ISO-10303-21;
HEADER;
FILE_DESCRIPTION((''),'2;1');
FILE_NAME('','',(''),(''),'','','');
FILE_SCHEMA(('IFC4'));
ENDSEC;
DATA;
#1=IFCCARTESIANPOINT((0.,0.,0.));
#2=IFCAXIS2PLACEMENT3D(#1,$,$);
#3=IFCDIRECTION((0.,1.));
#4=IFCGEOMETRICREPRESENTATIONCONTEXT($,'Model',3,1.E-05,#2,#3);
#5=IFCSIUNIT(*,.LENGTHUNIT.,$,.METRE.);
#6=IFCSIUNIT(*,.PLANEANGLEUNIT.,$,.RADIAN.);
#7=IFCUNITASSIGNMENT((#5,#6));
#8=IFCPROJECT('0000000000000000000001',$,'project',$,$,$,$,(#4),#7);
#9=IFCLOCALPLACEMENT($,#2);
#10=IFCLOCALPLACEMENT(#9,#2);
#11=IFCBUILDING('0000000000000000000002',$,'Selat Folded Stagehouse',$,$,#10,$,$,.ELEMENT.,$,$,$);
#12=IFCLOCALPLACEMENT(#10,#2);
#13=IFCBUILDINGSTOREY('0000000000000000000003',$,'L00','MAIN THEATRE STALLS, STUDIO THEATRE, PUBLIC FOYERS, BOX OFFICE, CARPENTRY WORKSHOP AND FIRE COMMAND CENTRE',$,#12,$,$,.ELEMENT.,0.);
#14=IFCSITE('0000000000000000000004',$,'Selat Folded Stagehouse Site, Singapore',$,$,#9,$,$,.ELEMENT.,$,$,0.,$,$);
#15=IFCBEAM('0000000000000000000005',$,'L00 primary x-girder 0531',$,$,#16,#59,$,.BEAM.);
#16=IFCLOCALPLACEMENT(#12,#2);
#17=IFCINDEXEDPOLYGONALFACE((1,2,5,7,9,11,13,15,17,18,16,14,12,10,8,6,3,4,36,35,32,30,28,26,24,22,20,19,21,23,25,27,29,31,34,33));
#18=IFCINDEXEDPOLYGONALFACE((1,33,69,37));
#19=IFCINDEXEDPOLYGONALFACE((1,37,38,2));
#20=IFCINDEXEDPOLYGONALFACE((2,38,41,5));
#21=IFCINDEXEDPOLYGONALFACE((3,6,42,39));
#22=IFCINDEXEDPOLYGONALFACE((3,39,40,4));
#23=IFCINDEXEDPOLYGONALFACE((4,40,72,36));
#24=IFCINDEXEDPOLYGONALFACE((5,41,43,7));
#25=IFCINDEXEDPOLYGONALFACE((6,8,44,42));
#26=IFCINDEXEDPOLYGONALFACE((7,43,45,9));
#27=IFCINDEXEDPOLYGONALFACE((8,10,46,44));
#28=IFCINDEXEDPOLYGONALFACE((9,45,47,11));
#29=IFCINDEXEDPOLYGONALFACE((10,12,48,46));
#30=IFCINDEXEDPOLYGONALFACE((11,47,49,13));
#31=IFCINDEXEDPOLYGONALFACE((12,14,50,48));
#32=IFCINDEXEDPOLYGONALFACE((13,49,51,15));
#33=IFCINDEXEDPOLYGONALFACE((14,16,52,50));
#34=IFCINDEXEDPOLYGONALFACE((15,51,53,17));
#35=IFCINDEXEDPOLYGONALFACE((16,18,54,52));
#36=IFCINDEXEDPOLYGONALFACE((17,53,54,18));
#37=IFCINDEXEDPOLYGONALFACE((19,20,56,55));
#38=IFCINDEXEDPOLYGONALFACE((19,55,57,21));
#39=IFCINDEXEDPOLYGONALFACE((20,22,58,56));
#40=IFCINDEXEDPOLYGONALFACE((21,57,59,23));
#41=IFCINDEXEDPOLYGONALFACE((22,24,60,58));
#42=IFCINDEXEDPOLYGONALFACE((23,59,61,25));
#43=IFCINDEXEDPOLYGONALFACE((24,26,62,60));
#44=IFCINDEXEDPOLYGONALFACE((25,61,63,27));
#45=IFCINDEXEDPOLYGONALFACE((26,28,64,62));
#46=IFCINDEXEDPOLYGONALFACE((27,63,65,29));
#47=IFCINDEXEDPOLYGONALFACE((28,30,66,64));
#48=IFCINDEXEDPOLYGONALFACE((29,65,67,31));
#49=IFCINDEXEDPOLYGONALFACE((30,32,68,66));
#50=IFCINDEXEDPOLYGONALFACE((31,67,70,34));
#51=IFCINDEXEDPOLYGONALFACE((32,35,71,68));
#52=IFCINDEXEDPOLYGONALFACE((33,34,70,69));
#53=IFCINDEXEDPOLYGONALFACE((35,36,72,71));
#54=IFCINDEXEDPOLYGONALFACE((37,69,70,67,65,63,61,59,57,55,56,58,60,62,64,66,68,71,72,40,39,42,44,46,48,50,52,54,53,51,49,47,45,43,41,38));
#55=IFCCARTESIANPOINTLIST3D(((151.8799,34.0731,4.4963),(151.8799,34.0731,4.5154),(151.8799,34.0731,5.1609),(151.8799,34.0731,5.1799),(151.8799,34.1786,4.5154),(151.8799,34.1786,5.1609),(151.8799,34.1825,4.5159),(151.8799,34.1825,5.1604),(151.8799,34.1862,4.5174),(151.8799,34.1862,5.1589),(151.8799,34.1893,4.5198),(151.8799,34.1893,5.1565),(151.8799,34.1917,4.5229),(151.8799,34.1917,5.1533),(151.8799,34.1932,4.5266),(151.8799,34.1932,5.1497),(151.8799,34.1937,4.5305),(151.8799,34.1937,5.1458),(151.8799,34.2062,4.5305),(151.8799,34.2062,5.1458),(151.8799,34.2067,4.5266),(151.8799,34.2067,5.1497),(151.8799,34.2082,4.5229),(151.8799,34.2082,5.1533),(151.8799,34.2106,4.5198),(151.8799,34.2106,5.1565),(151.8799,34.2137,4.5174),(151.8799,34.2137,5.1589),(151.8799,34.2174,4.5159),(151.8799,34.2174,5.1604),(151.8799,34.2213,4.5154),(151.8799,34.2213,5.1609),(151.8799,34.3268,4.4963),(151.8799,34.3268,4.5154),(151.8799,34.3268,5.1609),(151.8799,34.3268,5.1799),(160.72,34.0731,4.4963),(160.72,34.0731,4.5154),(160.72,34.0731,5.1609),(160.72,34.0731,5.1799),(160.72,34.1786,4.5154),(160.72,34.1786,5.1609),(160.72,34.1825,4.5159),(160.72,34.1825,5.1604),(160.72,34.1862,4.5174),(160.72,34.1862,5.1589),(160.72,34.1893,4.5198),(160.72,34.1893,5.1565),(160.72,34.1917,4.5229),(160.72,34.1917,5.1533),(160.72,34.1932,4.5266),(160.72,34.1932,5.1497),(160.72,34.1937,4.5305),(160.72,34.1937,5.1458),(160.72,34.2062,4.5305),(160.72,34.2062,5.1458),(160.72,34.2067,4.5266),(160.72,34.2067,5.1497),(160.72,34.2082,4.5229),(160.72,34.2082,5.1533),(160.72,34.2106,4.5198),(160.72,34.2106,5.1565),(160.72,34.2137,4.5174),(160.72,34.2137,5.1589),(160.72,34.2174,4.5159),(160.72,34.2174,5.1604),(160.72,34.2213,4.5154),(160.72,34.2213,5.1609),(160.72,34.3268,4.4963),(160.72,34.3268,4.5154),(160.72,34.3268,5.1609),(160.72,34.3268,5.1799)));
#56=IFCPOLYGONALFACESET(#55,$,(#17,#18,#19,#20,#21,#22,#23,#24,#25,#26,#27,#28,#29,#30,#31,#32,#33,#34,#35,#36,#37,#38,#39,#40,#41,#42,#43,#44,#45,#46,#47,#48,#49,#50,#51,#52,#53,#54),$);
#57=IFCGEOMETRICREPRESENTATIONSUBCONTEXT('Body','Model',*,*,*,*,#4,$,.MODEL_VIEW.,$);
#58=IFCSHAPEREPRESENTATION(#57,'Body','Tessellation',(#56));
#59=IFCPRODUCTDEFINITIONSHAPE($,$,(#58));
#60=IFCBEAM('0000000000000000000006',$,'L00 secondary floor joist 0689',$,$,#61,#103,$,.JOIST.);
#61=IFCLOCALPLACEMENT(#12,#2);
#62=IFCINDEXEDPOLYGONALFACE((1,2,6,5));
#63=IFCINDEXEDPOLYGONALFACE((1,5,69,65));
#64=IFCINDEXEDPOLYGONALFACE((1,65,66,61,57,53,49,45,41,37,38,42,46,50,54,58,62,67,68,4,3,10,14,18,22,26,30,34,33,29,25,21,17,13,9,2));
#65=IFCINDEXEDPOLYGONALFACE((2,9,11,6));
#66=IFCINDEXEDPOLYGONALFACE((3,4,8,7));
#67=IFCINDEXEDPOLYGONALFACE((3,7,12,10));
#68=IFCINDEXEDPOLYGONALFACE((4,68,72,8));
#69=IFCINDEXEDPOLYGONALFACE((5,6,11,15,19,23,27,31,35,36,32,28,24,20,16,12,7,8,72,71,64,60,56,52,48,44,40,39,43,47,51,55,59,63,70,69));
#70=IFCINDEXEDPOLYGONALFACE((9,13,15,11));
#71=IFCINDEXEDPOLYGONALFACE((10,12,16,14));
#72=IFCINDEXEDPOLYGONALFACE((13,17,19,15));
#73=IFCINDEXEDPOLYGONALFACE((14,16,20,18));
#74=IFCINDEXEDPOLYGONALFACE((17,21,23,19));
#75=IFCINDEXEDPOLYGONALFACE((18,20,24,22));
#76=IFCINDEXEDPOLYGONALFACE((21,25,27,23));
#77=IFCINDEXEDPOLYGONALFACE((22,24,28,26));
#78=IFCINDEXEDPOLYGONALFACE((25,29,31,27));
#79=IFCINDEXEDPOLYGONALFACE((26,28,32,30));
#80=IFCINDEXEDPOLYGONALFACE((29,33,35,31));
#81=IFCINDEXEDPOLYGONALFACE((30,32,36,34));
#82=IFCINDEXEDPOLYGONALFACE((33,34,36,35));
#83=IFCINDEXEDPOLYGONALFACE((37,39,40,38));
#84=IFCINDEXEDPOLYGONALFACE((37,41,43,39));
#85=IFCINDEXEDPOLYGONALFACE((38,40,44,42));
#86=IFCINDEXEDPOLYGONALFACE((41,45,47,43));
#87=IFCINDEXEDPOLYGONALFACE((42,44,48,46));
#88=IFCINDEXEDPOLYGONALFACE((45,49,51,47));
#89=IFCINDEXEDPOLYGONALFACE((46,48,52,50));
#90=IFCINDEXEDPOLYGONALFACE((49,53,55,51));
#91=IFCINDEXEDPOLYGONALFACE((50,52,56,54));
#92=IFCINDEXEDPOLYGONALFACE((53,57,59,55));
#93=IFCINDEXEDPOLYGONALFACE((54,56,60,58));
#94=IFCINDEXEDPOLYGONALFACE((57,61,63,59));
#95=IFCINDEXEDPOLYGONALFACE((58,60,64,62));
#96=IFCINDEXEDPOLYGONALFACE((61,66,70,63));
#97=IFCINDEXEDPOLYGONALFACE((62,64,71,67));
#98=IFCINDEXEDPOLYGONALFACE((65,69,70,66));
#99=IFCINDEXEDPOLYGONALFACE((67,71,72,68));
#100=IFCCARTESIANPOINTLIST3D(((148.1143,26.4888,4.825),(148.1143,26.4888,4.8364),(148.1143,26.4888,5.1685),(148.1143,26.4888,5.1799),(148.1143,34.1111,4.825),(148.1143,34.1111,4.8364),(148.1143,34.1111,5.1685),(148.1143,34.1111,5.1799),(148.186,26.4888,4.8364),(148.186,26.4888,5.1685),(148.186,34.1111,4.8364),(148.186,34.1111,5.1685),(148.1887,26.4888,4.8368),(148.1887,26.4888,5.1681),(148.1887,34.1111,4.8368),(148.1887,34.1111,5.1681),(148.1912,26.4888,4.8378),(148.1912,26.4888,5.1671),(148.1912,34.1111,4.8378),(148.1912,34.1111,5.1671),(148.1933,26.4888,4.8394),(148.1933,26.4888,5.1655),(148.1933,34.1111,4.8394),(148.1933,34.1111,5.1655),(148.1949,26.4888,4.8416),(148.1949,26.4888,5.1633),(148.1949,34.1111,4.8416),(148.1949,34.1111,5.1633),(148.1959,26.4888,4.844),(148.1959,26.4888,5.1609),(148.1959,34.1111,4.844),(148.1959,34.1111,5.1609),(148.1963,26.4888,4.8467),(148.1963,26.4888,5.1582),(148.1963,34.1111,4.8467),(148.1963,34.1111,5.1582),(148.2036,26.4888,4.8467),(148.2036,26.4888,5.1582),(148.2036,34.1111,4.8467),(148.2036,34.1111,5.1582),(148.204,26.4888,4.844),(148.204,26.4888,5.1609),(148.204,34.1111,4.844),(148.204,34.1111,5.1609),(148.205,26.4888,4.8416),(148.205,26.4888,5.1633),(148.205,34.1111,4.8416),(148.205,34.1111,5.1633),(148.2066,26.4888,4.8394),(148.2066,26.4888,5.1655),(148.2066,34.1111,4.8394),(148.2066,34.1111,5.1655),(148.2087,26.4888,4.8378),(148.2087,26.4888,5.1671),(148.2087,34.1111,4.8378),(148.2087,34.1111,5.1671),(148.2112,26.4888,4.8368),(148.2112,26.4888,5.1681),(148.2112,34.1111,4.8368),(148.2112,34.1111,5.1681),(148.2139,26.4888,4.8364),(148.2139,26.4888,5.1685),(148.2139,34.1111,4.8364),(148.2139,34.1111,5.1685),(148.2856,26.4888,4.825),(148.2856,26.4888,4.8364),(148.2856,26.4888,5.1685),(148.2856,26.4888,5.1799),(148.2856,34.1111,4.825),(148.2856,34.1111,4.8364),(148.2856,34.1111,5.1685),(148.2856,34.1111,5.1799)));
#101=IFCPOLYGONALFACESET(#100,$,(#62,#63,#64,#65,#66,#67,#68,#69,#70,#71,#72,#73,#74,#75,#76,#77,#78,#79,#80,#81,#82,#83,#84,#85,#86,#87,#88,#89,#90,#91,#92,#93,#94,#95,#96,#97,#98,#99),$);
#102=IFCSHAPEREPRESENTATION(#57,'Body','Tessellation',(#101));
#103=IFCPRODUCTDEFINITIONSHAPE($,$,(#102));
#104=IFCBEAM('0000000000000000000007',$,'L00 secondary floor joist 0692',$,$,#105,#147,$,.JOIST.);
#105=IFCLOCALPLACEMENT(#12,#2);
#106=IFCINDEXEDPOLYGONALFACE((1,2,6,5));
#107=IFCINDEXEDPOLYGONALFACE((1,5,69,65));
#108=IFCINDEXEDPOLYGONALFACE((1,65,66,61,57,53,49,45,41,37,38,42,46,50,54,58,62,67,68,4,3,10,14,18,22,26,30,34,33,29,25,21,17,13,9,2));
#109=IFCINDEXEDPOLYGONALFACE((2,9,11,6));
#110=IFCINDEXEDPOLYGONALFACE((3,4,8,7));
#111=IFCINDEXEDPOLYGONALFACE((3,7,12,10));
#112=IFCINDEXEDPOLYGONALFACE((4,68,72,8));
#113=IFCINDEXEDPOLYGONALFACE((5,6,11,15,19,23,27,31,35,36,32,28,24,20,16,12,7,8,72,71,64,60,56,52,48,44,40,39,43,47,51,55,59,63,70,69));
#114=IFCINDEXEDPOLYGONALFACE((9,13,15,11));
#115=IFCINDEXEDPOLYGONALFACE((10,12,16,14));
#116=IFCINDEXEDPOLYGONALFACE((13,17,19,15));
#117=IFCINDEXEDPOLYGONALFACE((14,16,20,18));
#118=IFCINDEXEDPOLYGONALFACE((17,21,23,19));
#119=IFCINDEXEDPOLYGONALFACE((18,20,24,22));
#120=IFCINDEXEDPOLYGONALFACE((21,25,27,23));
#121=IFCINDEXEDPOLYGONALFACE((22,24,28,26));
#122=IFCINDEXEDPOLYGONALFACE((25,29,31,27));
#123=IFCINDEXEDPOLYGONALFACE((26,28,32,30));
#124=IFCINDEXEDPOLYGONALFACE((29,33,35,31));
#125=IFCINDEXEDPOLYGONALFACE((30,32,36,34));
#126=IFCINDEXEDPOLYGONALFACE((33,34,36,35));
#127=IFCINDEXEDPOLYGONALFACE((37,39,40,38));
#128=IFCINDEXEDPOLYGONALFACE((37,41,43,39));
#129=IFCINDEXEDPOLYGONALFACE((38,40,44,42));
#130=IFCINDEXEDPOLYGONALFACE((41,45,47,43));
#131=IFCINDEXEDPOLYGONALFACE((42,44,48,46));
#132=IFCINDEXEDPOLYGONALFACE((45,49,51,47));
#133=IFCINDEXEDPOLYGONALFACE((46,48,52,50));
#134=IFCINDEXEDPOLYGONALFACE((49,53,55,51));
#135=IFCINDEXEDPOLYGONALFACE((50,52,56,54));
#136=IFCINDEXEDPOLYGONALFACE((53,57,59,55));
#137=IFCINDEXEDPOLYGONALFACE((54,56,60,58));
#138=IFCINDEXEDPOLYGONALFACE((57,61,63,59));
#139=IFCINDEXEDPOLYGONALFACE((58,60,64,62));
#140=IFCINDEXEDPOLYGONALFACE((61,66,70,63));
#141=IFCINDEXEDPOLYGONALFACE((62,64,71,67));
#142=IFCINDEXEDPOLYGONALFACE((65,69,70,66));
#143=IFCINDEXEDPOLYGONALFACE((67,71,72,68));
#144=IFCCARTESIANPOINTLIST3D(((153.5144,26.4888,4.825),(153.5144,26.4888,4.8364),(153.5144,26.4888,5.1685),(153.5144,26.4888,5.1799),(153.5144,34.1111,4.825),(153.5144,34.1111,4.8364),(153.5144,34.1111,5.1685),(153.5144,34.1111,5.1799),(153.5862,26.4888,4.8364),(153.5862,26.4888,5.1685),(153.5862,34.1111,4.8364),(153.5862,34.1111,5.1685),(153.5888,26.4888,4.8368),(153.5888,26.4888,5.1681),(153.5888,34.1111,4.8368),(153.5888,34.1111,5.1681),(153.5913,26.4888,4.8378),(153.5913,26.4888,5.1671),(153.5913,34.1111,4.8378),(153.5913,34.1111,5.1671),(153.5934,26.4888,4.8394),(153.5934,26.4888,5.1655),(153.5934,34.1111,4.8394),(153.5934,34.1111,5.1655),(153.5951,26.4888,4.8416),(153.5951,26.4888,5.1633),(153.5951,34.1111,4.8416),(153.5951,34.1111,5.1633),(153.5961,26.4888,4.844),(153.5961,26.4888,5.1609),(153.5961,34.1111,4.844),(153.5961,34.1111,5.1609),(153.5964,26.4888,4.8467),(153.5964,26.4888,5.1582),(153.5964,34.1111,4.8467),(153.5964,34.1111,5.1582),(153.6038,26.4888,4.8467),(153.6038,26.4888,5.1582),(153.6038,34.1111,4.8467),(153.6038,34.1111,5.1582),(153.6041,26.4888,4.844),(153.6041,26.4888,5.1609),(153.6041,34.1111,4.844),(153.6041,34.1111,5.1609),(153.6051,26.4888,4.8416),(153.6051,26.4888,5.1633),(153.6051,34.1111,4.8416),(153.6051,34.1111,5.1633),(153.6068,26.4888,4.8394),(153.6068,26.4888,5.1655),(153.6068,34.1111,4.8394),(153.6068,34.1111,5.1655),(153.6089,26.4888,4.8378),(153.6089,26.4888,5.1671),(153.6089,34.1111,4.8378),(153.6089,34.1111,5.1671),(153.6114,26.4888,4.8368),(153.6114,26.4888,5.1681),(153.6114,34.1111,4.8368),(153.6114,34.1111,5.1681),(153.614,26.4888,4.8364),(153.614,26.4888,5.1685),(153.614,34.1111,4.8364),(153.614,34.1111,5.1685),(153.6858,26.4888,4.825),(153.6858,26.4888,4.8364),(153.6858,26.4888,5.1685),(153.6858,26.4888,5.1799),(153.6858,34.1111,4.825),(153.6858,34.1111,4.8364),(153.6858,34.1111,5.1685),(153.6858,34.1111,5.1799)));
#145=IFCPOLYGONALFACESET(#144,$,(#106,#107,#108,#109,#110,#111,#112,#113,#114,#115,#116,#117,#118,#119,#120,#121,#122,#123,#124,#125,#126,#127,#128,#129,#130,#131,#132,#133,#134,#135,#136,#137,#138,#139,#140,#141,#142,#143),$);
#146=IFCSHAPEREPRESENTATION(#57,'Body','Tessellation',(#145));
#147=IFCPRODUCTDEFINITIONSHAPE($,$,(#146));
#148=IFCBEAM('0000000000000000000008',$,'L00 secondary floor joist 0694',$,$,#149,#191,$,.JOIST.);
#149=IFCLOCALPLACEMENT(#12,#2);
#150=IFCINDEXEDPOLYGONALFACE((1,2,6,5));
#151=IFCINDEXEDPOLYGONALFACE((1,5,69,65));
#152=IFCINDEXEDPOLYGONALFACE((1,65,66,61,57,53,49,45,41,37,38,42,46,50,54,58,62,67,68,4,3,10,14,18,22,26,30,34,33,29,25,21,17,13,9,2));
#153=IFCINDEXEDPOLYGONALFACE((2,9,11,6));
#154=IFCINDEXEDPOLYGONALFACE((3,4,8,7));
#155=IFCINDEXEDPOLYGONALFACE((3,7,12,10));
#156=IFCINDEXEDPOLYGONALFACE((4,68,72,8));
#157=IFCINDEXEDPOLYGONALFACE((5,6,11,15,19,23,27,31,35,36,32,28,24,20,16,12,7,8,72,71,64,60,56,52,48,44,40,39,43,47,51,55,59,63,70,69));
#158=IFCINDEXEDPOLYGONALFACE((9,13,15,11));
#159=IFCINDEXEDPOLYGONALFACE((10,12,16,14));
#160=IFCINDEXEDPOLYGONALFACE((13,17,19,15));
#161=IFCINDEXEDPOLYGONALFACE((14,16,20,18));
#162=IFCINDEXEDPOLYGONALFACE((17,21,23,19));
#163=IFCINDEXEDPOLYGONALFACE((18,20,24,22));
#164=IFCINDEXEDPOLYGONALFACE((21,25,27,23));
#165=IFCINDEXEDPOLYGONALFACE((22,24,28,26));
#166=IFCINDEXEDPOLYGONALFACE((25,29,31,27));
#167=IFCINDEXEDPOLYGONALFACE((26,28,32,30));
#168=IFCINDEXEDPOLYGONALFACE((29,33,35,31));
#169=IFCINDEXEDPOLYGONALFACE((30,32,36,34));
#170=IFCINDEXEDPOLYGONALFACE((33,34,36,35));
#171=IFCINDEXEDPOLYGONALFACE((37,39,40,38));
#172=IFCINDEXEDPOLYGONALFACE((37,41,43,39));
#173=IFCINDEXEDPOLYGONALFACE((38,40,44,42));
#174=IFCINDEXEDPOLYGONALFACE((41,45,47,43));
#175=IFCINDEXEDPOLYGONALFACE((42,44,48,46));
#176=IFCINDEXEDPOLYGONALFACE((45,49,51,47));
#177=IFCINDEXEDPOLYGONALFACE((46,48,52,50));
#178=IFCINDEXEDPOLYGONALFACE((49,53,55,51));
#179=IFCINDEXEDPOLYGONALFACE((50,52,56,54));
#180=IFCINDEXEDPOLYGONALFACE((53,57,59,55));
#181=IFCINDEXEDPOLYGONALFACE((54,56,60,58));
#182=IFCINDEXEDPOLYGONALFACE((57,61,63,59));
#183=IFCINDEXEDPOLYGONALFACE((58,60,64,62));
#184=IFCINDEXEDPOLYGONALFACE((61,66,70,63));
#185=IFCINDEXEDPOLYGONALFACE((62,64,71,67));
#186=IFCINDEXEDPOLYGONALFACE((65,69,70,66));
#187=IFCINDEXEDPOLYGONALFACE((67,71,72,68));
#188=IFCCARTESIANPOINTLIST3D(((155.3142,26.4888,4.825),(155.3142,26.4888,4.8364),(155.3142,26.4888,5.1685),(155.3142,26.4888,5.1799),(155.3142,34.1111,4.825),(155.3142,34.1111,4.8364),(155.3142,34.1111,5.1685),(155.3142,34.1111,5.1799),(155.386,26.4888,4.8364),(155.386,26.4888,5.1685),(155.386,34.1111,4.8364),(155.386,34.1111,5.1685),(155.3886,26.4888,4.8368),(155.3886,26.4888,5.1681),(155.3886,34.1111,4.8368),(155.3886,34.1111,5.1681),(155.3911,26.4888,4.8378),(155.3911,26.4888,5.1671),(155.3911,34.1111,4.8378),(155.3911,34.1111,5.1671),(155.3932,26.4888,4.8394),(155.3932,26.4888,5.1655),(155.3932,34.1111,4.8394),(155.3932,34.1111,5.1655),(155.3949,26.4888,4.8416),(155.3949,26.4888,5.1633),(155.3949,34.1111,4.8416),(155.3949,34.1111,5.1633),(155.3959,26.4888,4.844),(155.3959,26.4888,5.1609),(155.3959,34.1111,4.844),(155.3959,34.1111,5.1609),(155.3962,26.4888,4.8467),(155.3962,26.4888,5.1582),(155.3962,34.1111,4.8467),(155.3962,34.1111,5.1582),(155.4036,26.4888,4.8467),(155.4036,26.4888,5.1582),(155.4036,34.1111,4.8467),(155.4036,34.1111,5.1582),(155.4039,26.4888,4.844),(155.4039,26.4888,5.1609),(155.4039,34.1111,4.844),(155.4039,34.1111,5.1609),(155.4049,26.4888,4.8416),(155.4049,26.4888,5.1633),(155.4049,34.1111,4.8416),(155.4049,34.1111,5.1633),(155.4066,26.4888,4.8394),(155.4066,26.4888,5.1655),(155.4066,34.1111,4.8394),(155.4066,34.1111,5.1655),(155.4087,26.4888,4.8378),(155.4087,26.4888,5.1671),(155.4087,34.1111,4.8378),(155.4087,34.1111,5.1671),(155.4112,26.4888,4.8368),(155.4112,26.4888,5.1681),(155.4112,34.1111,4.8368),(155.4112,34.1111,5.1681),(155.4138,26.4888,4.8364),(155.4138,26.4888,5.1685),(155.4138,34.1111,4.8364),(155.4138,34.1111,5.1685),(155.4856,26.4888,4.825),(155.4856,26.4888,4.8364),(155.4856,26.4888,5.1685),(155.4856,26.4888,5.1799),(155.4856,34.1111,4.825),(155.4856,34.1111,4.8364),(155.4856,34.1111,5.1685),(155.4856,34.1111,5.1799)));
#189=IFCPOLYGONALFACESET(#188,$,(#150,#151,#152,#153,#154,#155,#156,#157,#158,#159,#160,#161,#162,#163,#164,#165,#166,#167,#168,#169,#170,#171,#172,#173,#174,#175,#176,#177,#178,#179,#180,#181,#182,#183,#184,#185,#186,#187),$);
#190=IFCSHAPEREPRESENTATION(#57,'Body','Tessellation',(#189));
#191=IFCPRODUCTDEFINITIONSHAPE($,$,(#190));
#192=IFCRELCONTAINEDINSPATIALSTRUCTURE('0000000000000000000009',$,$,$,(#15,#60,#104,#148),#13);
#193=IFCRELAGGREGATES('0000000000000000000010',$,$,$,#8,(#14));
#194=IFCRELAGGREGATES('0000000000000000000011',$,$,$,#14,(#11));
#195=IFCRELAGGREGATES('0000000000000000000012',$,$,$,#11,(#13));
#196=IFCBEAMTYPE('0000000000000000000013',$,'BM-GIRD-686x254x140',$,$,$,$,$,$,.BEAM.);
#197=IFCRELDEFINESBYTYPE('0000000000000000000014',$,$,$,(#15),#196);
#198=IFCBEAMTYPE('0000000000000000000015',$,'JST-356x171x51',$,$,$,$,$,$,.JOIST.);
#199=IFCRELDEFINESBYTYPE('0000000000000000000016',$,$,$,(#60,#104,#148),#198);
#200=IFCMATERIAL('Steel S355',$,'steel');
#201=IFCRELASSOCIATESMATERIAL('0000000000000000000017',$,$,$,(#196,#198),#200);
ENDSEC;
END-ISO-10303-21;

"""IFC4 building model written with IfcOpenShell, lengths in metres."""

from ifc_helpers import new_model, si_unit, direction, frame, origin, origin_2d, place, context, subcontext, project, spatial, i_section, extrude, material, material_profile, profile_set, type_object, element, save


model = new_model("IFC4")

# Units and contexts
model_context = context("Model", 3, precision=1e-05, world=origin(), true_north=direction((0.0, 1.0)))
body_context = subcontext(model_context, "Body", "Model", "MODEL_VIEW")
ifc_project = project(units=[si_unit("LENGTHUNIT", "METRE"), si_unit("PLANEANGLEUNIT", "RADIAN")], contexts=[model_context])

# Site, building, storey
site_placement = place(None, origin())
site = spatial("IfcSite", under=ifc_project, at=site_placement, Name="Selat Folded Stagehouse Site, Singapore", CompositionType="ELEMENT", RefElevation=0.0)
building_placement = place(site_placement, origin())
building = spatial("IfcBuilding", under=site, at=building_placement, Name="Selat Folded Stagehouse", CompositionType="ELEMENT")
storey_placement = place(building_placement, origin())
storey = spatial("IfcBuildingStorey", under=building, at=storey_placement, Name="L00", Description="MAIN THEATRE STALLS, STUDIO THEATRE, PUBLIC FOYERS, BOX OFFICE, CARPENTRY WORKSHOP AND FIRE COMMAND CENTRE", CompositionType="ELEMENT", Elevation=0.0)

# Shared definitions
ifc_material_1 = material(Name="Steel S355", Category="steel")

# Beams
ifc_material_profile_1 = material_profile(ifc_material_1, i_section(OverallWidth=0.2537, OverallDepth=0.6836, WebThickness=0.0125, FlangeThickness=0.019, FilletRadius=0.0151, at=origin_2d()), Name="UKB 686x254x140")
ifc_profile_set_1 = profile_set([ifc_material_profile_1], Name="Steel S355")
beam_type_1 = type_object("IfcBeamType", Name="BM-GIRD-686x254x140", PredefinedType="BEAM", material=ifc_profile_set_1)
for number, where, z_axis, x_axis, name in (
    (1, (151.8799, 34.2, 4.8381), (1.0, 0.0, 0.0), (0.0, 1.0, 0.0), "L00 primary x-girder 0531"),
):
    element("IfcBeam", number, at=place(storey_placement, frame(where, z_axis=z_axis, x_axis=x_axis)), inside=storey, type_object=beam_type_1, Name=name, PredefinedType="BEAM", context=body_context, shape_type="SweptSolid", body=[
        extrude(i_section(OverallWidth=0.2537, OverallDepth=0.6836, WebThickness=0.0125, FlangeThickness=0.019, FilletRadius=0.0151, at=origin_2d()), origin(), (0.0, 0.0, 1.0), 8.8401),
    ])
ifc_material_profile_2 = material_profile(ifc_material_1, i_section(OverallWidth=0.1714, OverallDepth=0.355, WebThickness=0.0073, FlangeThickness=0.0115, FilletRadius=0.0103, at=origin_2d()), Name="UKB 356x171x51")
ifc_profile_set_2 = profile_set([ifc_material_profile_2], Name="Steel S355")
beam_type_2 = type_object("IfcBeamType", Name="JST-356x171x51", PredefinedType="JOIST", material=ifc_profile_set_2)
for number, where, z_axis, x_axis, name in (
    (2, (148.2, 26.4888, 5.0024), (0.0, 1.0, 0.0), (-1.0, 0.0, 0.0), "L00 secondary floor joist 0689"),
    (3, (153.6001, 26.4888, 5.0024), (0.0, 1.0, 0.0), (-1.0, 0.0, 0.0), "L00 secondary floor joist 0692"),
    (4, (155.3999, 26.4888, 5.0024), (0.0, 1.0, 0.0), (-1.0, 0.0, 0.0), "L00 secondary floor joist 0694"),
):
    element("IfcBeam", number, at=place(storey_placement, frame(where, z_axis=z_axis, x_axis=x_axis)), inside=storey, type_object=beam_type_2, Name=name, PredefinedType="JOIST", context=body_context, shape_type="SweptSolid", body=[
        extrude(i_section(OverallWidth=0.1714, OverallDepth=0.355, WebThickness=0.0073, FlangeThickness=0.0115, FilletRadius=0.0103, at=origin_2d()), origin(), (0.0, 0.0, 1.0), 7.6223),
    ])

save(model, "model.ifc")
